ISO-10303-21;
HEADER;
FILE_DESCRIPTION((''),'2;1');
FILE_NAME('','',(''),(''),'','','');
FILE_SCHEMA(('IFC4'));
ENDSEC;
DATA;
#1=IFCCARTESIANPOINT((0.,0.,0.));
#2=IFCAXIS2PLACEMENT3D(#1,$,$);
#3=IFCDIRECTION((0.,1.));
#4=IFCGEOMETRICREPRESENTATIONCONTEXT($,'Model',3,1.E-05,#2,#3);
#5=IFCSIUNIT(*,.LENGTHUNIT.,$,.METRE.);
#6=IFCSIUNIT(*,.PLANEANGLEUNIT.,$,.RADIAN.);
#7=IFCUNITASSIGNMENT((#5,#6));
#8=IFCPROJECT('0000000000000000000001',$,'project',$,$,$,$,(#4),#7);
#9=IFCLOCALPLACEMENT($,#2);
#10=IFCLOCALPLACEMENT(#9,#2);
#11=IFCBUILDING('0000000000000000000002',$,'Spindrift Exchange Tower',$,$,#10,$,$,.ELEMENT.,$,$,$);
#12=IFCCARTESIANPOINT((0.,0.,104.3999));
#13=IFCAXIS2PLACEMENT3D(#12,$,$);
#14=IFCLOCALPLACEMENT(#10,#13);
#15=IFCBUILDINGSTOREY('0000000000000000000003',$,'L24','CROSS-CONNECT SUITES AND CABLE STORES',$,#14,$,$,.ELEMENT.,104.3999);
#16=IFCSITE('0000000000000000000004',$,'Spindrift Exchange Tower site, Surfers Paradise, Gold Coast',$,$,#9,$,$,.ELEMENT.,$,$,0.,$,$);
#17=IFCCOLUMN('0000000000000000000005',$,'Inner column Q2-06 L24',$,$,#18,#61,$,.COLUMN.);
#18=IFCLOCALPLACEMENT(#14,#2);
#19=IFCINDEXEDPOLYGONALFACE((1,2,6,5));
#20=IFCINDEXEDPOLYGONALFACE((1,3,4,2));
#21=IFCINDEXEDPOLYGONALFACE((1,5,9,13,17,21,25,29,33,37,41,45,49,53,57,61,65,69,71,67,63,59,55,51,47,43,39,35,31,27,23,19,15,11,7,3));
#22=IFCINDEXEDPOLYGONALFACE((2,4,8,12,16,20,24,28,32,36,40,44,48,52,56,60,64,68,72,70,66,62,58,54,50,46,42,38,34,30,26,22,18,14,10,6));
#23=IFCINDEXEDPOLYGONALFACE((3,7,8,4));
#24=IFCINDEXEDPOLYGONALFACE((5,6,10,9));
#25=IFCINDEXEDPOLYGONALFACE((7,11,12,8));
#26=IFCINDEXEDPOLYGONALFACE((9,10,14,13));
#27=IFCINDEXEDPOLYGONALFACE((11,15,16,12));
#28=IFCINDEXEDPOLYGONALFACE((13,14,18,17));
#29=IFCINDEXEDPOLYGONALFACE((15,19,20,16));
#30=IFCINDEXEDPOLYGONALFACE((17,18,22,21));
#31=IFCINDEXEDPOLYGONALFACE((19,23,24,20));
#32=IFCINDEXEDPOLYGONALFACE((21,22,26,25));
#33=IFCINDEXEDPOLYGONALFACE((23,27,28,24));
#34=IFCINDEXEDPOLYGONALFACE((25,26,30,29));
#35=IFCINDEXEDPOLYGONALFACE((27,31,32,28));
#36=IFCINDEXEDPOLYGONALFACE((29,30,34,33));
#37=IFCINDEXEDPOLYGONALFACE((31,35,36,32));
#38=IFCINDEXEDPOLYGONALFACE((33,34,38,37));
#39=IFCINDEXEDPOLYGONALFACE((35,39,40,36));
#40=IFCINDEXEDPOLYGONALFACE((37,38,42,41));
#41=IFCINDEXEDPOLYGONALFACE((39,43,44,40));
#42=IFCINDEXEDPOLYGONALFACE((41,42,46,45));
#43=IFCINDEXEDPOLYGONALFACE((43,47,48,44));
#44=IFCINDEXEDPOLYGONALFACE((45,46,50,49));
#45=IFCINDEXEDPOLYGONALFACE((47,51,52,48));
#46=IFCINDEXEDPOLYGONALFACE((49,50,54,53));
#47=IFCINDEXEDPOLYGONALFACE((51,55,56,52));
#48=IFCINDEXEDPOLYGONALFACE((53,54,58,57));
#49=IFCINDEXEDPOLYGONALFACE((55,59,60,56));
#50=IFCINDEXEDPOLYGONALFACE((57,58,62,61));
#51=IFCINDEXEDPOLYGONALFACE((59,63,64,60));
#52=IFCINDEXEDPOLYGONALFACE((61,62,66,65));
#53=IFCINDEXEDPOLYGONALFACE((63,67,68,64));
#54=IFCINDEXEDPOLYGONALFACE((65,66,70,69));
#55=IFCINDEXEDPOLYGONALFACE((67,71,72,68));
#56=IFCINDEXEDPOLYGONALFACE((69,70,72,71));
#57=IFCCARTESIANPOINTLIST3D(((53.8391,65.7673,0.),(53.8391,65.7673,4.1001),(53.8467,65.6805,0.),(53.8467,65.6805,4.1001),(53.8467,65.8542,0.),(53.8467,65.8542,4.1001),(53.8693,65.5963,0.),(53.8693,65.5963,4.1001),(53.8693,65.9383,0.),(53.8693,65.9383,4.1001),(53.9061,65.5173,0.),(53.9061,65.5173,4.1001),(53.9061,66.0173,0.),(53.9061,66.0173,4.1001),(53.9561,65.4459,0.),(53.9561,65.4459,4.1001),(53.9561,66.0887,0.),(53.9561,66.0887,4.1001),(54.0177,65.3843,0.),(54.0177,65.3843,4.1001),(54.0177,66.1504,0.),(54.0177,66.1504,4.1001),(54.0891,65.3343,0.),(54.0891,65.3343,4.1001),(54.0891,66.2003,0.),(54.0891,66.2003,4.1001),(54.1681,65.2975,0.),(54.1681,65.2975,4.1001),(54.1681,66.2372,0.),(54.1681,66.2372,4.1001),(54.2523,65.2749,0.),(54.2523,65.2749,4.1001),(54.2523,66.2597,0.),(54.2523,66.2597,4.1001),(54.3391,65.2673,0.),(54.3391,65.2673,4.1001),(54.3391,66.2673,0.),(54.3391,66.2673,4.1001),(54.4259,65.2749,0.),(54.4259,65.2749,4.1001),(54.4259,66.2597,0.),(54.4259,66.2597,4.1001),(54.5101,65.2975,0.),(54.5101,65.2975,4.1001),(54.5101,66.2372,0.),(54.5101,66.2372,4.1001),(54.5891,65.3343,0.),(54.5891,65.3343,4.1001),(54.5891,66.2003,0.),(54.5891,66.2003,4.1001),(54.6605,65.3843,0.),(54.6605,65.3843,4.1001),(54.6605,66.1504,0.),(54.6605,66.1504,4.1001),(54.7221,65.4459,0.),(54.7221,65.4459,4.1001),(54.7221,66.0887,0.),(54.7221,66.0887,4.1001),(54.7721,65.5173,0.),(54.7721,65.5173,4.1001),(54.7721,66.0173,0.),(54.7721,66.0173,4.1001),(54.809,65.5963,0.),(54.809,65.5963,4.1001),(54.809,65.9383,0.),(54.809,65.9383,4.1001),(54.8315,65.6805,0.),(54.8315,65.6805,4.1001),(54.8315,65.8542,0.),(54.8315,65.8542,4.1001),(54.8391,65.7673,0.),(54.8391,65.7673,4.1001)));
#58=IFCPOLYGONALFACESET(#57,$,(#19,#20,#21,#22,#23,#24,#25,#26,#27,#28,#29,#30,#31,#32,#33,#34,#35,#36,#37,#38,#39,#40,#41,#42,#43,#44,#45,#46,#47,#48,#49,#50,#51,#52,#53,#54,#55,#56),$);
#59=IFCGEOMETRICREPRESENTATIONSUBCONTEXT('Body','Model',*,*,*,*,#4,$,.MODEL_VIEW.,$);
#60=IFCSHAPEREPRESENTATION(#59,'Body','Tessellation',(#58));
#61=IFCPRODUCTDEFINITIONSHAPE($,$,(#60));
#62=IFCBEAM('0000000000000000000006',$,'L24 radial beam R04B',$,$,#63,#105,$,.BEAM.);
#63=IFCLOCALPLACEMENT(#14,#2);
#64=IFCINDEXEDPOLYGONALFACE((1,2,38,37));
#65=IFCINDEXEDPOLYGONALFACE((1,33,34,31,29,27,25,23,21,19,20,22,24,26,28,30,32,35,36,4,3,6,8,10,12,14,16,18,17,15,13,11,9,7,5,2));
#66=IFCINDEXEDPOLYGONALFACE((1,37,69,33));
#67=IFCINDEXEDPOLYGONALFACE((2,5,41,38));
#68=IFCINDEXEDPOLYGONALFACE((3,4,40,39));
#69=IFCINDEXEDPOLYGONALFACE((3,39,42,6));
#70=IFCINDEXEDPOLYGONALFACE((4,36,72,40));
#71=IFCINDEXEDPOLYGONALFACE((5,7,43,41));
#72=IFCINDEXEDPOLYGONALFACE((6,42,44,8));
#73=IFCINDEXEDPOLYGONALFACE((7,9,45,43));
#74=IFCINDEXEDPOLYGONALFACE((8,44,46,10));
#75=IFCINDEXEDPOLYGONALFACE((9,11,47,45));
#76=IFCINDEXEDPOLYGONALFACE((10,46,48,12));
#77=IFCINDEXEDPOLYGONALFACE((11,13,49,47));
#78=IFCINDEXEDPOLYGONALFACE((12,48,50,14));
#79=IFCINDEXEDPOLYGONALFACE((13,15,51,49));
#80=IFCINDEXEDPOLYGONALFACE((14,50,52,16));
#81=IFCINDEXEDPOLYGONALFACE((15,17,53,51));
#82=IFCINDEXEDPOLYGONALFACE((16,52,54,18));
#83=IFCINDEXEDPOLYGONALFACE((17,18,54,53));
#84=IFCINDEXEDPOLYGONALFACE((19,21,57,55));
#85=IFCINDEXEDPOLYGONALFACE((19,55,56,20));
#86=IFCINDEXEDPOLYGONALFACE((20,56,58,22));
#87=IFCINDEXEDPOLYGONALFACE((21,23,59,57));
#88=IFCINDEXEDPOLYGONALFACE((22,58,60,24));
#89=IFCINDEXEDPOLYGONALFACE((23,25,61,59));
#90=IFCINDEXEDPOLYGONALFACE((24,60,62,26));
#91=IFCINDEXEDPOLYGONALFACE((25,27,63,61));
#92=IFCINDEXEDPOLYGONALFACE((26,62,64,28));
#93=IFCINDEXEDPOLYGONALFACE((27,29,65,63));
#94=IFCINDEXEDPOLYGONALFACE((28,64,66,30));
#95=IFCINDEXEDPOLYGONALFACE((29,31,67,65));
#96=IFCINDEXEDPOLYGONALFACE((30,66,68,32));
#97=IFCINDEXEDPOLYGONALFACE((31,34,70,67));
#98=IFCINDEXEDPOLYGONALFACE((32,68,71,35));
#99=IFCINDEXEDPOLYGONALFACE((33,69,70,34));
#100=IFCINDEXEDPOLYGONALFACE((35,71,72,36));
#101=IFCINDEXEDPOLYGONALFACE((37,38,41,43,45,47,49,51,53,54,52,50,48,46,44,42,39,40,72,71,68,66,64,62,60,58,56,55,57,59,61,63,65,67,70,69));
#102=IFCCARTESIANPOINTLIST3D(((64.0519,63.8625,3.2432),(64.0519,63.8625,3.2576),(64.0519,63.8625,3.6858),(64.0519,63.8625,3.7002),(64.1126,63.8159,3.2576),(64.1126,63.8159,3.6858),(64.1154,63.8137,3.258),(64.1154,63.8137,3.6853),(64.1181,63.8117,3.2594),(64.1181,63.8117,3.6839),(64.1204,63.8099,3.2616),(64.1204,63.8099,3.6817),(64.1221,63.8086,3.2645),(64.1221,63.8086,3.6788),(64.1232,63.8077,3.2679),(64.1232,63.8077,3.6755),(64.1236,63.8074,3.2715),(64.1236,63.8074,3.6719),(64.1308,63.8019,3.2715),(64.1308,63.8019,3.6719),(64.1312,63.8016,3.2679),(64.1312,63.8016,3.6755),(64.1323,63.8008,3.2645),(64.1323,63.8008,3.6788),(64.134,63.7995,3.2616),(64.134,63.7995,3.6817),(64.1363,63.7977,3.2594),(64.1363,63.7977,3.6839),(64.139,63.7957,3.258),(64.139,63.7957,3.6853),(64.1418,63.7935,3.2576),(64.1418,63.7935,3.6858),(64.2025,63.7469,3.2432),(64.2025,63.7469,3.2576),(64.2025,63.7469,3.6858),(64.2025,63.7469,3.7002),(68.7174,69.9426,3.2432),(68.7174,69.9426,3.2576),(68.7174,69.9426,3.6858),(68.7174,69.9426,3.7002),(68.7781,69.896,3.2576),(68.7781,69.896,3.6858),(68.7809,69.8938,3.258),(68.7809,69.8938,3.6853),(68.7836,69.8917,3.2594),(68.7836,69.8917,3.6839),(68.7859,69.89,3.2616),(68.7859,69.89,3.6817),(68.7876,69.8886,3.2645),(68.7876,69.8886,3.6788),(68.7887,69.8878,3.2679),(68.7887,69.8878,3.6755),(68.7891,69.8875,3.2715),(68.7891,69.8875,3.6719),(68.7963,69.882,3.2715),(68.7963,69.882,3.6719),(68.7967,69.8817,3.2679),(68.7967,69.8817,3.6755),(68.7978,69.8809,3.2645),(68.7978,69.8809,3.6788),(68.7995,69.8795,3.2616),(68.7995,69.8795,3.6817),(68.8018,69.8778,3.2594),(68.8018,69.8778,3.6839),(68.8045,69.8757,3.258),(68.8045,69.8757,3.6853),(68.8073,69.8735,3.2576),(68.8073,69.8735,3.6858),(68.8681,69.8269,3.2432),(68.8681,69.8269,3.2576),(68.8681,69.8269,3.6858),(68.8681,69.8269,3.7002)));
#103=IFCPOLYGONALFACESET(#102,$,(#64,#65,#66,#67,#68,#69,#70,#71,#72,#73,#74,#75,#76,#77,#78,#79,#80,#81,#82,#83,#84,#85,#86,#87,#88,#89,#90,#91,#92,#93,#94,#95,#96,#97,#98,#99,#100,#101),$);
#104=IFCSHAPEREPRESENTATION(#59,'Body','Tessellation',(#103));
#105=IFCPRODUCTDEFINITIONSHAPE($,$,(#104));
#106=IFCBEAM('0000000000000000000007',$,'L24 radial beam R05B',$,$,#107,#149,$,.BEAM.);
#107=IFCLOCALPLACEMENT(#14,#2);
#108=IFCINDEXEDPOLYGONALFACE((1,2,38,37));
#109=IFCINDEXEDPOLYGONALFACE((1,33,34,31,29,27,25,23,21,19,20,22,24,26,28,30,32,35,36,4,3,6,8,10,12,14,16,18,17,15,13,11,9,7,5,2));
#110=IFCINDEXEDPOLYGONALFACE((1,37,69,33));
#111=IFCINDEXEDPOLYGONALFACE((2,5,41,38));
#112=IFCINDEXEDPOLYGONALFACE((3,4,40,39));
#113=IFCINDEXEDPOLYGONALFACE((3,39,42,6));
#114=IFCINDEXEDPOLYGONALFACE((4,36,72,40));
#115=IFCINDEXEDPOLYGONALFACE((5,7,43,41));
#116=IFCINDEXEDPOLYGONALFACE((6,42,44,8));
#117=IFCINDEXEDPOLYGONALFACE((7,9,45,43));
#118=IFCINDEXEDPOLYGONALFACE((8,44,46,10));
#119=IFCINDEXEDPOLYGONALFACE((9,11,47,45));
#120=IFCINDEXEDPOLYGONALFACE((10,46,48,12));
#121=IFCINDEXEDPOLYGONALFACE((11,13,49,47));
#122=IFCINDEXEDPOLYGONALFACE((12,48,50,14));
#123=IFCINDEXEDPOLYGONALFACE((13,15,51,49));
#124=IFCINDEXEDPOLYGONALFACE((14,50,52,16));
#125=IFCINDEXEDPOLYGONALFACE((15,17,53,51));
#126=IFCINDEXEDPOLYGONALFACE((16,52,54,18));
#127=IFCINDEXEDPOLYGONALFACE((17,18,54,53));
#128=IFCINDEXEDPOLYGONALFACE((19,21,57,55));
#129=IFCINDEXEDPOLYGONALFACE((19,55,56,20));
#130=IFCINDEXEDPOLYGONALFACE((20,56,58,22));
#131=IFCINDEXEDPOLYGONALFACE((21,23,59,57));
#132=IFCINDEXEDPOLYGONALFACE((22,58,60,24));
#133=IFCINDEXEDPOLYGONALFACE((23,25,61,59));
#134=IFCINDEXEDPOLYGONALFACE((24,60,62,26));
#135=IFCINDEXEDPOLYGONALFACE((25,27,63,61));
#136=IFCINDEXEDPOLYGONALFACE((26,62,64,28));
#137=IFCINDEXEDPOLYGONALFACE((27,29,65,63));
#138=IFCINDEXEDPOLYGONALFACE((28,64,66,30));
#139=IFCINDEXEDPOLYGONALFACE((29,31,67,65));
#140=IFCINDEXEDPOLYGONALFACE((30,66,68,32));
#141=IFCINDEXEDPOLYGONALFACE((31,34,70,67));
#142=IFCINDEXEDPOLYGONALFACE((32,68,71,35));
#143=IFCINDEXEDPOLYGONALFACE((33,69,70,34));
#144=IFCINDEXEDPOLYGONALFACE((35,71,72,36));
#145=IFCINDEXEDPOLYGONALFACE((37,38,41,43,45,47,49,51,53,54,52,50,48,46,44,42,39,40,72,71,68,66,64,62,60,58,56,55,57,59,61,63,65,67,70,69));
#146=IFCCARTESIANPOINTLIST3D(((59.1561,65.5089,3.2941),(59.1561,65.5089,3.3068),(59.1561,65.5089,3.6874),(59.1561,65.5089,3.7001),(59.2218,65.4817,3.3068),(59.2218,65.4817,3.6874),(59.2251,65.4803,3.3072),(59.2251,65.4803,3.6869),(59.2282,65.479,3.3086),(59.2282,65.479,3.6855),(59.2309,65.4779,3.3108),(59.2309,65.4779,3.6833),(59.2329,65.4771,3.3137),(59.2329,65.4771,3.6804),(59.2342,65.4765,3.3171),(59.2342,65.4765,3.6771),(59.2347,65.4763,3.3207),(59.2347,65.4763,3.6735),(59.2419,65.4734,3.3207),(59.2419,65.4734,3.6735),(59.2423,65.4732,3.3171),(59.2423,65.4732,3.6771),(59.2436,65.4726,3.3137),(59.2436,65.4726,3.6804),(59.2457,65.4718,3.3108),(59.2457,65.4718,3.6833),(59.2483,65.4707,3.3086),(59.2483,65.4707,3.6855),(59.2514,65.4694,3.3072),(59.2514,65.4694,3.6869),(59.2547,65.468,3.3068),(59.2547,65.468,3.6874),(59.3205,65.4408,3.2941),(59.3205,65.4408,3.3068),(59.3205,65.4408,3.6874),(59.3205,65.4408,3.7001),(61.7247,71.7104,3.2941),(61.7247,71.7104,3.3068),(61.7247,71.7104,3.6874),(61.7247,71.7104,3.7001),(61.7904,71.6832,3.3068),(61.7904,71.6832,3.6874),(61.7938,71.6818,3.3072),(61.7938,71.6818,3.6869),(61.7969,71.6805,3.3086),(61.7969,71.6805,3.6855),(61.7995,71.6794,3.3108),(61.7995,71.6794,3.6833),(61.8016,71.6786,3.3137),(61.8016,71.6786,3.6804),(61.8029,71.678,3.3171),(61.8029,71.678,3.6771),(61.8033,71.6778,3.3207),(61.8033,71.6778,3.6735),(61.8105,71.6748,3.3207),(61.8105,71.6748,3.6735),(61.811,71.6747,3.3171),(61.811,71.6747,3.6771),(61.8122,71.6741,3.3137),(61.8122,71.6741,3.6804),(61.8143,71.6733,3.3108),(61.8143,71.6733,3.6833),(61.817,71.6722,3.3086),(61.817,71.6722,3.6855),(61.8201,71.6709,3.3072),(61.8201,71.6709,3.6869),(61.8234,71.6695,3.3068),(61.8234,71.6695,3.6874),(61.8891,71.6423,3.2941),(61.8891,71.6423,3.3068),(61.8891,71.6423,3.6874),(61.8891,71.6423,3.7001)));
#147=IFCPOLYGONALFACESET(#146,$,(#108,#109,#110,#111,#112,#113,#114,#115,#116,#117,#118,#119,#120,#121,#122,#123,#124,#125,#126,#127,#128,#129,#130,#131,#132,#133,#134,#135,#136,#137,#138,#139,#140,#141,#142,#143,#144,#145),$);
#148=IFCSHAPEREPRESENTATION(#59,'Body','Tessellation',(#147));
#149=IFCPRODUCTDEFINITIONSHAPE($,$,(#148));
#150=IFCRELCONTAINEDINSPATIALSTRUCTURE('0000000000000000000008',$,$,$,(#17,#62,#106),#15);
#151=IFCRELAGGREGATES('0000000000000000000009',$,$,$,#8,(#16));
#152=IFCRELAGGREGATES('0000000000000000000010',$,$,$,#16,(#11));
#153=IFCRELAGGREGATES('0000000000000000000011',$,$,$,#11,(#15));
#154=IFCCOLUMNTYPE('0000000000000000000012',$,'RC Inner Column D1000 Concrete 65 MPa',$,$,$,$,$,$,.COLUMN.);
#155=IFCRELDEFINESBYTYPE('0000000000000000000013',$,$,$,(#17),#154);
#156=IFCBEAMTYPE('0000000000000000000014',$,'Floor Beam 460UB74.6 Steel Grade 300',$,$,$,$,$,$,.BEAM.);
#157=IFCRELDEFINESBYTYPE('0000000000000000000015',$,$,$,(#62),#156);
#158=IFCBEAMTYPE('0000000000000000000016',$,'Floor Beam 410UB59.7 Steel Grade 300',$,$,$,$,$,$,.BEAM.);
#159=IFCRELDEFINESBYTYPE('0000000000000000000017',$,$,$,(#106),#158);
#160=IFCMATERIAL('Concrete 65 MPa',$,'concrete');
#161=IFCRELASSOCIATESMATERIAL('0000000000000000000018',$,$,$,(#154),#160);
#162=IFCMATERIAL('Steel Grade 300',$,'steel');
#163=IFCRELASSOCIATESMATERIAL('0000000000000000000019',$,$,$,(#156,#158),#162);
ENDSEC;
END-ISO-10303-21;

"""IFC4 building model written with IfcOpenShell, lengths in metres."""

from ifc_helpers import new_model, si_unit, direction, frame, origin, origin_2d, place, context, subcontext, project, spatial, circle, i_section, extrude, source, transform, mapped, material, material_profile, profile_set, type_object, element, save


model = new_model("IFC4")

# Units and contexts
model_context = context("Model", 3, precision=1e-05, world=origin(), true_north=direction((0.0, 1.0)))
body_context = subcontext(model_context, "Body", "Model", "MODEL_VIEW")
ifc_project = project(units=[si_unit("LENGTHUNIT", "METRE"), si_unit("PLANEANGLEUNIT", "RADIAN")], contexts=[model_context])

# Site, building, storey
site_placement = place(None, origin())
site = spatial("IfcSite", under=ifc_project, at=site_placement, Name="Spindrift Exchange Tower site, Surfers Paradise, Gold Coast", CompositionType="ELEMENT", RefElevation=0.0)
building_placement = place(site_placement, origin())
building = spatial("IfcBuilding", under=site, at=building_placement, Name="Spindrift Exchange Tower", CompositionType="ELEMENT")
storey_placement = place(building_placement, frame((0.0, 0.0, 104.3999)))
storey = spatial("IfcBuildingStorey", under=building, at=storey_placement, Name="L24", Description="CROSS-CONNECT SUITES AND CABLE STORES", CompositionType="ELEMENT", Elevation=104.3999)

# Column
ifc_material_1 = material(Name="Concrete 65 MPa", Category="concrete")
ifc_material_profile_1 = material_profile(ifc_material_1, circle(Radius=0.5, at=origin_2d()), Name="RC D1000")
ifc_profile_set_1 = profile_set([ifc_material_profile_1], Name="Concrete 65 MPa")
column_type_1 = type_object("IfcColumnType", Name="RC Inner Column D1000 Concrete 65 MPa", PredefinedType="COLUMN", material=ifc_profile_set_1)
shared_shape_1 = source(origin(), body_context, "Body", "SweptSolid", [
    extrude(circle(Radius=0.5, at=origin_2d()), origin(), (0.0, 0.0, 1.0), 4.1001),
])
for number, where, z_axis, x_axis, name in (
    (1, (54.3391, 65.7673, 0.0), (0.0, 0.0, 1.0), (1.0, 0.0, 0.0), "Inner column Q2-06 L24"),
):
    element("IfcColumn", number, at=place(storey_placement, frame(where, z_axis=z_axis, x_axis=x_axis)), inside=storey, type_object=column_type_1, Name=name, PredefinedType="COLUMN", context=body_context, shape_type="MappedRepresentation", body=[
        mapped(shared_shape_1, transform((0.0, 0.0, 0.0), scale=1.0)),
    ])

# Beams
ifc_material_2 = material(Name="Steel Grade 300", Category="steel")
ifc_material_profile_2 = material_profile(ifc_material_2, i_section(OverallWidth=0.1899, OverallDepth=0.457, WebThickness=0.009, FlangeThickness=0.0144, FilletRadius=0.0139, at=origin_2d()), Name="460UB74.6")
ifc_profile_set_2 = profile_set([ifc_material_profile_2], Name="Steel Grade 300")
beam_type_1 = type_object("IfcBeamType", Name="Floor Beam 460UB74.6 Steel Grade 300", PredefinedType="BEAM", material=ifc_profile_set_2)
shared_shape_2 = source(origin(), body_context, "Body", "SweptSolid", [
    extrude(i_section(OverallWidth=0.1899, OverallDepth=0.457, WebThickness=0.009, FlangeThickness=0.0144, FilletRadius=0.0139, at=origin_2d()), origin(), (0.0, 0.0, 1.0), 7.6638),
])
beam_1_placement = place(storey_placement, frame((64.1272, 63.8047, 3.4717), z_axis=(0.608771, 0.793346, 0.0), x_axis=(-0.793346, 0.608771, 0.0)))
element("IfcBeam", 2, at=beam_1_placement, inside=storey, type_object=beam_type_1, Name="L24 radial beam R04B", PredefinedType="BEAM", context=body_context, shape_type="MappedRepresentation", body=[
    mapped(shared_shape_2, transform((0.0, 0.0, 0.0), scale=1.0)),
])
ifc_material_profile_3 = material_profile(ifc_material_2, i_section(OverallWidth=0.178, OverallDepth=0.406, WebThickness=0.0078, FlangeThickness=0.0127, FilletRadius=0.0139, at=origin_2d()), Name="410UB59.7")
ifc_profile_set_3 = profile_set([ifc_material_profile_3], Name="Steel Grade 300")
beam_type_2 = type_object("IfcBeamType", Name="Floor Beam 410UB59.7 Steel Grade 300", PredefinedType="BEAM", material=ifc_profile_set_3)
shared_shape_3 = source(origin(), body_context, "Body", "SweptSolid", [
    extrude(i_section(OverallWidth=0.178, OverallDepth=0.406, WebThickness=0.0078, FlangeThickness=0.0127, FilletRadius=0.0139, at=origin_2d()), origin(), (0.0, 0.0, 1.0), 6.7124),
])
beam_2_placement = place(storey_placement, frame((59.2383, 65.4749, 3.4971), z_axis=(0.38267, 0.923885, 0.0), x_axis=(-0.923885, 0.38267, 0.0)))
element("IfcBeam", 3, at=beam_2_placement, inside=storey, type_object=beam_type_2, Name="L24 radial beam R05B", PredefinedType="BEAM", context=body_context, shape_type="MappedRepresentation", body=[
    mapped(shared_shape_3, transform((0.0, 0.0, 0.0), scale=1.0)),
])

save(model, "model.ifc")
